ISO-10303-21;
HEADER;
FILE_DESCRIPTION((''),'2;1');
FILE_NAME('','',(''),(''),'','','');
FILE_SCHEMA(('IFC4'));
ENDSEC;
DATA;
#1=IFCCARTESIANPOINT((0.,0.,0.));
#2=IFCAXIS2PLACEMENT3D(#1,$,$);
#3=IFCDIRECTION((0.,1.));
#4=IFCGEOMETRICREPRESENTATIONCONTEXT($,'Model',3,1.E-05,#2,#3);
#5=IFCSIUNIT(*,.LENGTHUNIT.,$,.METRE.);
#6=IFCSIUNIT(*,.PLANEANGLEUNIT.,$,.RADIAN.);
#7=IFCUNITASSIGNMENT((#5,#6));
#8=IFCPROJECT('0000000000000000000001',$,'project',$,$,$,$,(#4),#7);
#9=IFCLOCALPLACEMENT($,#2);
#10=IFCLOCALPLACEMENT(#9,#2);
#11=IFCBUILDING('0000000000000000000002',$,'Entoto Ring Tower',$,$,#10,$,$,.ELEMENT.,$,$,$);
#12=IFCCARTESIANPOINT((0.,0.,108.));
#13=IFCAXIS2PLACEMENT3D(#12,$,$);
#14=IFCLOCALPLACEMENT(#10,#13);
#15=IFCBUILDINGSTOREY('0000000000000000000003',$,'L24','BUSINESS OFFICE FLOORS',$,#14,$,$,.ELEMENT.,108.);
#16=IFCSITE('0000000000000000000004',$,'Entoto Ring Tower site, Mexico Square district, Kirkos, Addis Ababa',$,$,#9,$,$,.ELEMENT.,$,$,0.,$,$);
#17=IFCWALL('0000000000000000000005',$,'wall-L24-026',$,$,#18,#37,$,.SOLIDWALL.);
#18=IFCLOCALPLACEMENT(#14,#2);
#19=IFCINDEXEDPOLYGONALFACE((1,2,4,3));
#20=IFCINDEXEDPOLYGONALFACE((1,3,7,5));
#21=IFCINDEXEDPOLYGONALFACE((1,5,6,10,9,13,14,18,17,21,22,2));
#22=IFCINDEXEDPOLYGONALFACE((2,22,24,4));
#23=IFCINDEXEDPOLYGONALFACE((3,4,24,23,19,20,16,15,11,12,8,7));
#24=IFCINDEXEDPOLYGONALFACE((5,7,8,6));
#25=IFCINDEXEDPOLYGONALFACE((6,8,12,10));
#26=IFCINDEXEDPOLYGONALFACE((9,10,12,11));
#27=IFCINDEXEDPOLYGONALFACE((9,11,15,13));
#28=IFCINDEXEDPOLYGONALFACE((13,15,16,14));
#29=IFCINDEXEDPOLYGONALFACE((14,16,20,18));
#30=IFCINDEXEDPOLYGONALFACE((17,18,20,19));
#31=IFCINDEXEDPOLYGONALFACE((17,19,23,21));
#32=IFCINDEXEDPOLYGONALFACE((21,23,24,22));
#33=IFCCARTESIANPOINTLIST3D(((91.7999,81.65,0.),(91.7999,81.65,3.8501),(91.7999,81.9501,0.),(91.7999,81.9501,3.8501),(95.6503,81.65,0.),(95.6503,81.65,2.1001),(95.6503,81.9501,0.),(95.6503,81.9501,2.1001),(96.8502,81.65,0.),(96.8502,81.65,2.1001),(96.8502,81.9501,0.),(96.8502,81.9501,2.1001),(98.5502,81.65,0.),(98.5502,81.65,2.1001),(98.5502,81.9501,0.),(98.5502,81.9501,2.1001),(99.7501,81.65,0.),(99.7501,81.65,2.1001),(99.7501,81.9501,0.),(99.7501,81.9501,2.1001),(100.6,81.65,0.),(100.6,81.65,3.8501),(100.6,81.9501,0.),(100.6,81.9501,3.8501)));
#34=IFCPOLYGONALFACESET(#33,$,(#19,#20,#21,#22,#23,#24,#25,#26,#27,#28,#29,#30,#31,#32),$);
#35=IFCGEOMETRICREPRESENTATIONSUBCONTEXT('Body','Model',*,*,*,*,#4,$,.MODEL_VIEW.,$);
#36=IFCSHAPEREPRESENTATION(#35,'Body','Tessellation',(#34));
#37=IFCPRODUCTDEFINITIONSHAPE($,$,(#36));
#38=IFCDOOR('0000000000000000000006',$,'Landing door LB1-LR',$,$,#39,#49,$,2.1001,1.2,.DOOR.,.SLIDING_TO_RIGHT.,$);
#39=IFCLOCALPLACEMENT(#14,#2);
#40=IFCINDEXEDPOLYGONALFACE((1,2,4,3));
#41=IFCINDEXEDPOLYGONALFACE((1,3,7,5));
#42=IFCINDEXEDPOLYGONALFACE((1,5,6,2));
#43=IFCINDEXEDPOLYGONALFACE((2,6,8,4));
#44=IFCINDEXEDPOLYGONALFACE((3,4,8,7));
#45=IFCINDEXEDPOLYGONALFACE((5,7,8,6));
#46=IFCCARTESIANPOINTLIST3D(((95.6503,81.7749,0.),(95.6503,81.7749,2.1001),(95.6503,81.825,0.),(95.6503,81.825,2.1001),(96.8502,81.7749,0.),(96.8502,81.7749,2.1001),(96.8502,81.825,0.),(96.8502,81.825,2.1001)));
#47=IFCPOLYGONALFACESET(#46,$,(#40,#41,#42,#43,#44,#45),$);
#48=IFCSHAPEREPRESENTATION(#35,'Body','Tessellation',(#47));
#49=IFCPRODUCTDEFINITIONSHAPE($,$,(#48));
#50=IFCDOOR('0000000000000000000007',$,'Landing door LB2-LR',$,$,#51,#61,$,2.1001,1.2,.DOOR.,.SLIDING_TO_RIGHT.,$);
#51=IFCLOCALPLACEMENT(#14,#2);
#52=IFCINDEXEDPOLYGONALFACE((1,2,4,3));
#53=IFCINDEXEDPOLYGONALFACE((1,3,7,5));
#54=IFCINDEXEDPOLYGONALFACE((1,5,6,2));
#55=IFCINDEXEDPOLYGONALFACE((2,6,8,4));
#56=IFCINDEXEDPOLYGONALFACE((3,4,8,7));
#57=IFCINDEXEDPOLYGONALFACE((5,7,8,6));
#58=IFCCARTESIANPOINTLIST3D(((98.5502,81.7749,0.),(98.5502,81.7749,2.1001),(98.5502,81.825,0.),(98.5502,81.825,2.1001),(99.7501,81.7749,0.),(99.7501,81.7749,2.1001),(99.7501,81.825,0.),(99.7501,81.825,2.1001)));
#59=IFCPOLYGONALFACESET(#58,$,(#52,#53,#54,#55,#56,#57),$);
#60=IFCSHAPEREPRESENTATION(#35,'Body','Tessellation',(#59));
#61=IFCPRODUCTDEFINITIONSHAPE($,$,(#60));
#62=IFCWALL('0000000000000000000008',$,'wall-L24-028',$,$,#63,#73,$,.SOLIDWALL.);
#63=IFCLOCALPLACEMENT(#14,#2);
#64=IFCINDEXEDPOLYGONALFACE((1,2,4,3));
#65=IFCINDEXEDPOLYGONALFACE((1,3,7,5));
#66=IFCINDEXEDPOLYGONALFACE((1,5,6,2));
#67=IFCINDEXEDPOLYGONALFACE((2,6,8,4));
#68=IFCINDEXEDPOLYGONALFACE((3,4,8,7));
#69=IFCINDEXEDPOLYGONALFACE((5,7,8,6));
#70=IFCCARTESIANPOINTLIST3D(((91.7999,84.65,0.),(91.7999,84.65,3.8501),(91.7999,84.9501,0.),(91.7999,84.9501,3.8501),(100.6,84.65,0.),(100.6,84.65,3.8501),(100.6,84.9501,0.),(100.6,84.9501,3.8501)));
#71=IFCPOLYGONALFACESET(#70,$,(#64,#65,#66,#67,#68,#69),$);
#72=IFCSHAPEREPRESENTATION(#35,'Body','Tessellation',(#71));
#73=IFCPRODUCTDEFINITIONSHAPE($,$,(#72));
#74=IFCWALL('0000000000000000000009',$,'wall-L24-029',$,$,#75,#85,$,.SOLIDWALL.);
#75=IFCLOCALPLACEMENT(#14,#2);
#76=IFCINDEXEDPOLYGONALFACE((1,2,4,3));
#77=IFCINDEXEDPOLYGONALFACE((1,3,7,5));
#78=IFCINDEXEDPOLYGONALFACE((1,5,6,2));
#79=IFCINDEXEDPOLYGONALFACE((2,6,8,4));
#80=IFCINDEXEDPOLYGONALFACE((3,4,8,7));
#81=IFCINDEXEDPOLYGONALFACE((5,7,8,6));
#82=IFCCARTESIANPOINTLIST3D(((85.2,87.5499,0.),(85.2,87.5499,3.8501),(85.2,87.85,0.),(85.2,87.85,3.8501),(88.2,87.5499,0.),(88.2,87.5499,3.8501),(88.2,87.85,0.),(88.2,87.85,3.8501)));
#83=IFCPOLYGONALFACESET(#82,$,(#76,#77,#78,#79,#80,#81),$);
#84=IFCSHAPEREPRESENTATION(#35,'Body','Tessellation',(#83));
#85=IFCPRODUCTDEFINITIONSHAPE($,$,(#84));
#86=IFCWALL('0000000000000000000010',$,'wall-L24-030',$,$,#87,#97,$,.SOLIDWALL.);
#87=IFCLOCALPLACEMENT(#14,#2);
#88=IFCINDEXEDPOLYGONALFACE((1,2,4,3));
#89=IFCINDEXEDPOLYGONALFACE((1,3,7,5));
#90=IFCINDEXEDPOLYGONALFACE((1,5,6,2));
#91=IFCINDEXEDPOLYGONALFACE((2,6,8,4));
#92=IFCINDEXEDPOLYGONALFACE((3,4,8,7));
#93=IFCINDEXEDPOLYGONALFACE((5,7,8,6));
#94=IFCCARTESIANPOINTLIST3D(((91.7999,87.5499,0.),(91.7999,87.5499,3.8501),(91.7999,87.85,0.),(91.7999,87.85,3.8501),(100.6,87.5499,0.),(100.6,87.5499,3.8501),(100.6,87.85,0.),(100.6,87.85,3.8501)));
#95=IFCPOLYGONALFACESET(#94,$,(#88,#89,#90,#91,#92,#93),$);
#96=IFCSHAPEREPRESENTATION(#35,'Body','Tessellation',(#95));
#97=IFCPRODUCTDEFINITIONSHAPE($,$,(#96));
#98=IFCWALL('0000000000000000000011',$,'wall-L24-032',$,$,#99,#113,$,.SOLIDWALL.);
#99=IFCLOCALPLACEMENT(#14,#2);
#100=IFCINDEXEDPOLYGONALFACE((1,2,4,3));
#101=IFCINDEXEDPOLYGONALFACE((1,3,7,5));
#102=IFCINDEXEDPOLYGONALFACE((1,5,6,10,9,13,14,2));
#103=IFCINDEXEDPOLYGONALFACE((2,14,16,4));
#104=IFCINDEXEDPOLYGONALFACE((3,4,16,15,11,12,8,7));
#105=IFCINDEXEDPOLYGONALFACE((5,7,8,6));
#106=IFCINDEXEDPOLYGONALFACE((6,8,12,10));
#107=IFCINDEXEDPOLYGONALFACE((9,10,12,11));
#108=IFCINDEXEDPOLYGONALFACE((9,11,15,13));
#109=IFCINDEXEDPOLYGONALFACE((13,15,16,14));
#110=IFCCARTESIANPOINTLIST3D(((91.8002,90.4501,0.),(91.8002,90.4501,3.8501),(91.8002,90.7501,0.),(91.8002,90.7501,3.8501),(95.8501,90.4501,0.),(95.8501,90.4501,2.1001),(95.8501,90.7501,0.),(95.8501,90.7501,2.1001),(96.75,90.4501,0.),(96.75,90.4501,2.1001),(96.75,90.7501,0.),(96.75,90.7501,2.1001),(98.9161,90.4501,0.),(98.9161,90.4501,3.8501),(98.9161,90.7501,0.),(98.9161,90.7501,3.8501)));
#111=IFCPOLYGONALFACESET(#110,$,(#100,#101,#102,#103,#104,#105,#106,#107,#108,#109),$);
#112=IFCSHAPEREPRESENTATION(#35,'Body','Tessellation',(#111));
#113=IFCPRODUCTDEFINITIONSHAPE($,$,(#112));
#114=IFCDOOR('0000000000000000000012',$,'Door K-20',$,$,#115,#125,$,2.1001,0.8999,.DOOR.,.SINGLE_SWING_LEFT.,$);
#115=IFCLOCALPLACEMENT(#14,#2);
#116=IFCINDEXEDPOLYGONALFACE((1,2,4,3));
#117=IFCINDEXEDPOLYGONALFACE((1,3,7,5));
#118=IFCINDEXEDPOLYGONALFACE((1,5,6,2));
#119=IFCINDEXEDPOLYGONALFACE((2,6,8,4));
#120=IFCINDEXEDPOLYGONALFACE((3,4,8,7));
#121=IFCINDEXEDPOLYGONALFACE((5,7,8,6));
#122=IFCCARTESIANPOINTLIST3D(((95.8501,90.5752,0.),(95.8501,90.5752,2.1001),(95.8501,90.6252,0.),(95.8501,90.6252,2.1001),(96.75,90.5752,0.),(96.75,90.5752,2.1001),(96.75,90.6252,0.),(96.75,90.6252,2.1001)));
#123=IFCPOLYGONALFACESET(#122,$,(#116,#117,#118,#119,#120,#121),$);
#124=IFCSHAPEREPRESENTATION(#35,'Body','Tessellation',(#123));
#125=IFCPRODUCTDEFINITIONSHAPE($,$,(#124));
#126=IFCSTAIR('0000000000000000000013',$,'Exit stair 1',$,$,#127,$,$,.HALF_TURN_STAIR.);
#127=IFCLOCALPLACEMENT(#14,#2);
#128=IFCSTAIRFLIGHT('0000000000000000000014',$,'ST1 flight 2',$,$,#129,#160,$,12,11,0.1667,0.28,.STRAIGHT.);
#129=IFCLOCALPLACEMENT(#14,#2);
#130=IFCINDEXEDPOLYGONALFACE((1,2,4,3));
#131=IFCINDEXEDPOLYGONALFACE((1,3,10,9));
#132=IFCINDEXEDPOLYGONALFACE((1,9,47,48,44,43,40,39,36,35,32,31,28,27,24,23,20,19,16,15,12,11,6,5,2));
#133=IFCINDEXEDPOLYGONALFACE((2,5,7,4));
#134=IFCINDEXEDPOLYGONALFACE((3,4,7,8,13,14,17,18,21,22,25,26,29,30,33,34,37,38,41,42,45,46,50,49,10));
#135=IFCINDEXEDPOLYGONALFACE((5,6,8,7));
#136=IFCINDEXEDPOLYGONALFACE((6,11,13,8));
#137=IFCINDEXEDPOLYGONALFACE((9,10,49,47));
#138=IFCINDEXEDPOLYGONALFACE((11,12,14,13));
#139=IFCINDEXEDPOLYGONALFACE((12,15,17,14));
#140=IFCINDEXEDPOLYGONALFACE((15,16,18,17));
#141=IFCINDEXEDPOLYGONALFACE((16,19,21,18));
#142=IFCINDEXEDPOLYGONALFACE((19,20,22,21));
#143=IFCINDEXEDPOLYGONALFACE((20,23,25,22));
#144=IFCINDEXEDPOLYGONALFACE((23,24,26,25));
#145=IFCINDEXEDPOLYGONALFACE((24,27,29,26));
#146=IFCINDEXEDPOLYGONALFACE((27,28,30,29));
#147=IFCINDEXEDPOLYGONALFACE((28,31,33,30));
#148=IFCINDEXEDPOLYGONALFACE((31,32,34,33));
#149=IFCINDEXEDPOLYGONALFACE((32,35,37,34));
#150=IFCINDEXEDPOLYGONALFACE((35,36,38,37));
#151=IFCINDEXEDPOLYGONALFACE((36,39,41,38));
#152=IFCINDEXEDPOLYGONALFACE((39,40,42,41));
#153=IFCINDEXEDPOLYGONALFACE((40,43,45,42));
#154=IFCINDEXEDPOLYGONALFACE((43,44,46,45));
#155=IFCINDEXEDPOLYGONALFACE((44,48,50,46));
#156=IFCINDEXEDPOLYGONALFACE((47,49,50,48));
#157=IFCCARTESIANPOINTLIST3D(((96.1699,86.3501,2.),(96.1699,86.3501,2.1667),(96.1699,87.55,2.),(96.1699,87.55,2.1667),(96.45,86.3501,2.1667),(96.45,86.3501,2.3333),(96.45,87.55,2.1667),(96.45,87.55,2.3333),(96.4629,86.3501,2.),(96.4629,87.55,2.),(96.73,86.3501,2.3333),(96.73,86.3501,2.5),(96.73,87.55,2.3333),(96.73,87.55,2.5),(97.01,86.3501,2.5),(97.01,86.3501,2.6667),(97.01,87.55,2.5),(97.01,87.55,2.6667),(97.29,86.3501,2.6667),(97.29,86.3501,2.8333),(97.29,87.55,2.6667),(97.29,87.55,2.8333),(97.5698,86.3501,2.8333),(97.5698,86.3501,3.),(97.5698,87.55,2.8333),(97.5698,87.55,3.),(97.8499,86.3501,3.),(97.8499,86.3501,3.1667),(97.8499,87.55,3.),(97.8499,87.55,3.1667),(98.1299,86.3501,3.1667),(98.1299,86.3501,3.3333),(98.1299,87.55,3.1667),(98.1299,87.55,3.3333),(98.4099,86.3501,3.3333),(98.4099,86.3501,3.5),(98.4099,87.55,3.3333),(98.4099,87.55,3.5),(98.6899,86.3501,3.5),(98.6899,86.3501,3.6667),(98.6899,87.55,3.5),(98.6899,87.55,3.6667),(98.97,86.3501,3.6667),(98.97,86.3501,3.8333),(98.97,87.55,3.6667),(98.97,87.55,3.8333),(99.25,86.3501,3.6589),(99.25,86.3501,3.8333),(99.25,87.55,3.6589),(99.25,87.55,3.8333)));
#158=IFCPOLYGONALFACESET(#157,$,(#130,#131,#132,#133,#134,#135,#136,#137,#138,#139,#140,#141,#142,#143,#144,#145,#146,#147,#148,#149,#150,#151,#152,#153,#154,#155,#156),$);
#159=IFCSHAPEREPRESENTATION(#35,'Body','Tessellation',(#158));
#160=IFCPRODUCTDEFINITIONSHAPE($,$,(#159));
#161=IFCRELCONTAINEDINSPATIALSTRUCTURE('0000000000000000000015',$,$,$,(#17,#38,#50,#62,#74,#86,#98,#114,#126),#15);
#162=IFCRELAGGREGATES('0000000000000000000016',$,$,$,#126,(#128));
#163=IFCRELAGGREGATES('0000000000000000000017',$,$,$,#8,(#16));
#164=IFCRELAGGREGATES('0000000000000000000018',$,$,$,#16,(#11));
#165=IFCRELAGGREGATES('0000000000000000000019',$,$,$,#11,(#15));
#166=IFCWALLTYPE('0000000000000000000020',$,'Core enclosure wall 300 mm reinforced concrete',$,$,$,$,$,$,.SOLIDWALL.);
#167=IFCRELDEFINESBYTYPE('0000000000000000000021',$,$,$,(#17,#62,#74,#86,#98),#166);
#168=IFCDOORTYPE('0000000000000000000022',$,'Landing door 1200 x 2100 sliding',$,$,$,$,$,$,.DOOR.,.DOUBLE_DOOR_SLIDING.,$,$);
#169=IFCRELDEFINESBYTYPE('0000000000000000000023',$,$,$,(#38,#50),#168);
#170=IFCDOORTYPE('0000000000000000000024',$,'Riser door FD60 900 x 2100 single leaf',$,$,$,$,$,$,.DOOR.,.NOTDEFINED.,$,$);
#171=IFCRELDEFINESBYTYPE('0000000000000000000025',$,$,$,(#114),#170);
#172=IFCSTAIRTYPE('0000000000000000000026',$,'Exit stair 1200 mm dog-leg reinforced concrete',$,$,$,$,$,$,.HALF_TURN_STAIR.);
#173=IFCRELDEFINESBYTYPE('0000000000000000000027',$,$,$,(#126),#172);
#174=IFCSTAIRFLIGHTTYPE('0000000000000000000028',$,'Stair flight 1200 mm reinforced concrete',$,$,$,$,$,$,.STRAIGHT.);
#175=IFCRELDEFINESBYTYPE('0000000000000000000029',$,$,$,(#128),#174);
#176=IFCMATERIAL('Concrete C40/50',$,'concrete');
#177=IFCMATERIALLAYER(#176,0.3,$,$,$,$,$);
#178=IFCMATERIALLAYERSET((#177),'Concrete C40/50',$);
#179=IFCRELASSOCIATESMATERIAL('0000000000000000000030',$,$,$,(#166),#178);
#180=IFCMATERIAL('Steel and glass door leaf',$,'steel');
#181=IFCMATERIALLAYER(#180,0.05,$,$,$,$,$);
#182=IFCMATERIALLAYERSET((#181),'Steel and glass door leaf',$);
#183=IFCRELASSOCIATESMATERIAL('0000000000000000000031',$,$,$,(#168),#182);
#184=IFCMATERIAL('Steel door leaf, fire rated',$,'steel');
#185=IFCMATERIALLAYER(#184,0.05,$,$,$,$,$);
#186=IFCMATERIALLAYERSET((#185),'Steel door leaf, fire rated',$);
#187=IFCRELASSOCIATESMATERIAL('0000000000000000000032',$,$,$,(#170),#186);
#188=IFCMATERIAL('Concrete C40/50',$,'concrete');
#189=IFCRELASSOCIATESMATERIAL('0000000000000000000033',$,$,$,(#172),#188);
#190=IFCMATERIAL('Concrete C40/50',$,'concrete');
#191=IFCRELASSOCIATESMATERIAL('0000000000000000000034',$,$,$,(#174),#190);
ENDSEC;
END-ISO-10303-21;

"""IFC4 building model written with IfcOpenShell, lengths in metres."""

from ifc_helpers import new_model, si_unit, direction, frame, frame_2d, origin, place, context, subcontext, project, spatial, polyline, rectangle, outline, extrude, material, layer, layer_set, type_object, element, fill, aggregate, save


model = new_model("IFC4")

# Units and contexts
model_context = context("Model", 3, precision=1e-05, world=origin(), true_north=direction((0.0, 1.0)))
body_context = subcontext(model_context, "Body", "Model", "MODEL_VIEW")
ifc_project = project(units=[si_unit("LENGTHUNIT", "METRE"), si_unit("PLANEANGLEUNIT", "RADIAN")], contexts=[model_context])

# Site, building, storey
site_placement = place(None, origin())
site = spatial("IfcSite", under=ifc_project, at=site_placement, Name="Entoto Ring Tower site, Mexico Square district, Kirkos, Addis Ababa", CompositionType="ELEMENT", RefElevation=0.0)
building_placement = place(site_placement, origin())
building = spatial("IfcBuilding", under=site, at=building_placement, Name="Entoto Ring Tower", CompositionType="ELEMENT")
storey_placement = place(building_placement, frame((0.0, 0.0, 108.0)))
storey = spatial("IfcBuildingStorey", under=building, at=storey_placement, Name="L24", Description="BUSINESS OFFICE FLOORS", CompositionType="ELEMENT", Elevation=108.0)

# Shared definitions
ifc_material_1 = material(Name="Concrete C40/50", Category="concrete")
ifc_layer_1 = layer(ifc_material_1, 0.3)
ifc_layer_set_1 = layer_set([ifc_layer_1], Name="Concrete C40/50")
wall_type = type_object("IfcWallType", Name="Core enclosure wall 300 mm reinforced concrete", PredefinedType="SOLIDWALL", material=ifc_layer_set_1)

# Wall, openings, doors
ifc_material_2 = material(Name="Steel and glass door leaf", Category="steel")
ifc_layer_2 = layer(ifc_material_2, 0.05)
ifc_layer_set_2 = layer_set([ifc_layer_2], Name="Steel and glass door leaf")
door_type_1 = type_object("IfcDoorType", Name="Landing door 1200 x 2100 sliding", OperationType="DOUBLE_DOOR_SLIDING", PredefinedType="DOOR", material=ifc_layer_set_2)
wall_1_placement = place(storey_placement, frame((91.8, 81.8, 0.0), z_axis=(0.0, 0.0, 1.0), x_axis=(1.0, 0.0, 0.0)))
wall_1 = element("IfcWall", 1, at=wall_1_placement, inside=storey, type_object=wall_type, Name="wall-L24-026", PredefinedType="SOLIDWALL", context=body_context, shape_type="SweptSolid", body=[
    extrude(rectangle(XDim=8.8, YDim=0.3, at=frame_2d((4.3999, 0.0))), origin(), (0.0, 0.0, 1.0), 3.8501),
])
opening_1_placement = place(wall_1_placement, frame((3.8501, 0.0, 0.0)))
opening_1 = element("IfcOpeningElement", 2, at=opening_1_placement, cuts=wall_1, PredefinedType="OPENING", context=body_context, shape_type="SweptSolid", body=[
    extrude(rectangle(XDim=1.2, YDim=2.1001, at=frame_2d((0.6001, 1.05))), frame((0.0, 0.1602, 0.0), z_axis=(0.0, -1.0, 0.0), x_axis=(1.0, 0.0, 0.0)), (0.0, 0.0, 1.0), 0.3201),
])
opening_2_placement = place(wall_1_placement, frame((6.75, 0.0, 0.0)))
opening_2 = element("IfcOpeningElement", 3, at=opening_2_placement, cuts=wall_1, PredefinedType="OPENING", context=body_context, shape_type="SweptSolid", body=[
    extrude(rectangle(XDim=1.2, YDim=2.1001, at=frame_2d((0.6001, 1.05))), frame((0.0, 0.1602, 0.0), z_axis=(0.0, -1.0, 0.0), x_axis=(1.0, 0.0, 0.0)), (0.0, 0.0, 1.0), 0.3201),
])
door_1_placement = place(opening_1_placement, origin())
door_1 = element("IfcDoor", 4, at=door_1_placement, inside=storey, type_object=door_type_1, Name="Landing door LB1-LR", OperationType="SLIDING_TO_RIGHT", OverallHeight=2.1001, OverallWidth=1.2, PredefinedType="DOOR", context=body_context, shape_type="SweptSolid", body=[
    extrude(rectangle(XDim=1.2, YDim=2.1001, at=frame_2d((0.6001, 1.05))), frame((0.0, 0.0249, 0.0), z_axis=(0.0, -1.0, 0.0), x_axis=(1.0, 0.0, 0.0)), (0.0, 0.0, 1.0), 0.05),
])
fill(opening_1, door_1)
door_2_placement = place(opening_2_placement, origin())
door_2 = element("IfcDoor", 5, at=door_2_placement, inside=storey, type_object=door_type_1, Name="Landing door LB2-LR", OperationType="SLIDING_TO_RIGHT", OverallHeight=2.1001, OverallWidth=1.2, PredefinedType="DOOR", context=body_context, shape_type="SweptSolid", body=[
    extrude(rectangle(XDim=1.2, YDim=2.1001, at=frame_2d((0.6001, 1.05))), frame((0.0, 0.0249, 0.0), z_axis=(0.0, -1.0, 0.0), x_axis=(1.0, 0.0, 0.0)), (0.0, 0.0, 1.0), 0.05),
])
fill(opening_2, door_2)

# Walls
wall_2_placement = place(storey_placement, frame((91.8, 84.8, 0.0), z_axis=(0.0, 0.0, 1.0), x_axis=(1.0, 0.0, 0.0)))
element("IfcWall", 6, at=wall_2_placement, inside=storey, type_object=wall_type, Name="wall-L24-028", PredefinedType="SOLIDWALL", context=body_context, shape_type="SweptSolid", body=[
    extrude(rectangle(XDim=8.8, YDim=0.3, at=frame_2d((4.3999, 0.0))), origin(), (0.0, 0.0, 1.0), 3.8501),
])
wall_3_placement = place(storey_placement, frame((85.2, 87.7, 0.0), z_axis=(0.0, 0.0, 1.0), x_axis=(1.0, 0.0, 0.0)))
element("IfcWall", 7, at=wall_3_placement, inside=storey, type_object=wall_type, Name="wall-L24-029", PredefinedType="SOLIDWALL", context=body_context, shape_type="SweptSolid", body=[
    extrude(rectangle(XDim=3.0, YDim=0.3, at=frame_2d((1.5, 0.0))), origin(), (0.0, 0.0, 1.0), 3.8501),
])
wall_4_placement = place(storey_placement, frame((91.8, 87.7, 0.0), z_axis=(0.0, 0.0, 1.0), x_axis=(1.0, 0.0, 0.0)))
element("IfcWall", 8, at=wall_4_placement, inside=storey, type_object=wall_type, Name="wall-L24-030", PredefinedType="SOLIDWALL", context=body_context, shape_type="SweptSolid", body=[
    extrude(rectangle(XDim=8.8, YDim=0.3, at=frame_2d((4.3999, 0.0))), origin(), (0.0, 0.0, 1.0), 3.8501),
])

# Wall, opening, door
wall_5_placement = place(storey_placement, frame((91.8, 90.6001, 0.0), z_axis=(0.0, 0.0, 1.0), x_axis=(1.0, 0.0, 0.0)))
wall_5 = element("IfcWall", 9, at=wall_5_placement, inside=storey, type_object=wall_type, Name="wall-L24-032", PredefinedType="SOLIDWALL", context=body_context, shape_type="SweptSolid", body=[
    extrude(rectangle(XDim=7.116, YDim=0.3, at=frame_2d((3.5581, 0.0))), origin(), (0.0, 0.0, 1.0), 3.8501),
])
opening_3_placement = place(wall_5_placement, frame((4.05, 0.0, 0.0)))
opening_3 = element("IfcOpeningElement", 10, at=opening_3_placement, cuts=wall_5, PredefinedType="OPENING", context=body_context, shape_type="SweptSolid", body=[
    extrude(rectangle(XDim=0.8999, YDim=2.1001, at=frame_2d((0.45, 1.05))), frame((0.0, 0.1602, 0.0), z_axis=(0.0, -1.0, 0.0), x_axis=(1.0, 0.0, 0.0)), (0.0, 0.0, 1.0), 0.3201),
])
ifc_material_3 = material(Name="Steel door leaf, fire rated", Category="steel")
ifc_layer_3 = layer(ifc_material_3, 0.05)
ifc_layer_set_3 = layer_set([ifc_layer_3], Name="Steel door leaf, fire rated")
door_type_2 = type_object("IfcDoorType", Name="Riser door FD60 900 x 2100 single leaf", OperationType="NOTDEFINED", PredefinedType="DOOR", material=ifc_layer_set_3)
door_3_placement = place(opening_3_placement, frame((0.8999, 0.0, 0.0), z_axis=(0.0, 0.0, 1.0), x_axis=(-1.0, 0.0, 0.0)))
door_3 = element("IfcDoor", 11, at=door_3_placement, inside=storey, type_object=door_type_2, Name="Door K-20", OperationType="SINGLE_SWING_LEFT", OverallHeight=2.1001, OverallWidth=0.8999, PredefinedType="DOOR", context=body_context, shape_type="SweptSolid", body=[
    extrude(rectangle(XDim=0.8999, YDim=2.1001, at=frame_2d((0.45, 1.05))), frame((0.0, 0.0249, 0.0), z_axis=(0.0, -1.0, 0.0), x_axis=(1.0, 0.0, 0.0)), (0.0, 0.0, 1.0), 0.05),
])
fill(opening_3, door_3)

# Stair, stair flight
ifc_material_4 = material(Name="Concrete C40/50", Category="concrete")
stair_type = type_object("IfcStairType", Name="Exit stair 1200 mm dog-leg reinforced concrete", PredefinedType="HALF_TURN_STAIR", material=ifc_material_4)
stair_placement = place(storey_placement, origin())
stair = element("IfcStair", 12, at=stair_placement, inside=storey, type_object=stair_type, Name="Exit stair 1", PredefinedType="HALF_TURN_STAIR")
ifc_material_5 = material(Name="Concrete C40/50", Category="concrete")
stair_flight_type = type_object("IfcStairFlightType", Name="Stair flight 1200 mm reinforced concrete", PredefinedType="STRAIGHT", material=ifc_material_5)
stair_flight_placement = place(storey_placement, frame((96.1699, 86.95, 2.0), z_axis=(0.0, 0.0, 1.0), x_axis=(1.0, 0.0, 0.0)))
stair_flight = element("IfcStairFlight", 13, at=stair_flight_placement, type_object=stair_flight_type, Name="ST1 flight 2", NumberOfRisers=12, NumberOfTreads=11, PredefinedType="STRAIGHT", RiserHeight=0.1667, TreadLength=0.28, context=body_context, shape_type="SweptSolid", body=[
    extrude(outline(polyline([(0.0, 0.0), (0.0, 0.1667), (0.28, 0.1667), (0.28, 0.3333), (0.5601, 0.3333), (0.5601, 0.5), (0.8401, 0.5), (0.8401, 0.6667), (1.1201, 0.6667), (1.1201, 0.8333), (1.3999, 0.8333), (1.3999, 1.0), (1.6799, 1.0), (1.6799, 1.1667), (1.96, 1.1667), (1.96, 1.3333), (2.24, 1.3333), (2.24, 1.5), (2.52, 1.5), (2.52, 1.6667), (2.8, 1.6667), (2.8, 1.8333), (3.0801, 1.8333), (3.0801, 2.0), (3.0801, 1.6589), (0.293, 0.0), (0.0, 0.0)])), frame((0.0, 0.6001, 0.0), z_axis=(0.0, -1.0, 0.0), x_axis=(1.0, 0.0, 0.0)), (0.0, 0.0, 1.0), 1.2),
])
aggregate(stair, [stair_flight])

save(model, "model.ifc")
